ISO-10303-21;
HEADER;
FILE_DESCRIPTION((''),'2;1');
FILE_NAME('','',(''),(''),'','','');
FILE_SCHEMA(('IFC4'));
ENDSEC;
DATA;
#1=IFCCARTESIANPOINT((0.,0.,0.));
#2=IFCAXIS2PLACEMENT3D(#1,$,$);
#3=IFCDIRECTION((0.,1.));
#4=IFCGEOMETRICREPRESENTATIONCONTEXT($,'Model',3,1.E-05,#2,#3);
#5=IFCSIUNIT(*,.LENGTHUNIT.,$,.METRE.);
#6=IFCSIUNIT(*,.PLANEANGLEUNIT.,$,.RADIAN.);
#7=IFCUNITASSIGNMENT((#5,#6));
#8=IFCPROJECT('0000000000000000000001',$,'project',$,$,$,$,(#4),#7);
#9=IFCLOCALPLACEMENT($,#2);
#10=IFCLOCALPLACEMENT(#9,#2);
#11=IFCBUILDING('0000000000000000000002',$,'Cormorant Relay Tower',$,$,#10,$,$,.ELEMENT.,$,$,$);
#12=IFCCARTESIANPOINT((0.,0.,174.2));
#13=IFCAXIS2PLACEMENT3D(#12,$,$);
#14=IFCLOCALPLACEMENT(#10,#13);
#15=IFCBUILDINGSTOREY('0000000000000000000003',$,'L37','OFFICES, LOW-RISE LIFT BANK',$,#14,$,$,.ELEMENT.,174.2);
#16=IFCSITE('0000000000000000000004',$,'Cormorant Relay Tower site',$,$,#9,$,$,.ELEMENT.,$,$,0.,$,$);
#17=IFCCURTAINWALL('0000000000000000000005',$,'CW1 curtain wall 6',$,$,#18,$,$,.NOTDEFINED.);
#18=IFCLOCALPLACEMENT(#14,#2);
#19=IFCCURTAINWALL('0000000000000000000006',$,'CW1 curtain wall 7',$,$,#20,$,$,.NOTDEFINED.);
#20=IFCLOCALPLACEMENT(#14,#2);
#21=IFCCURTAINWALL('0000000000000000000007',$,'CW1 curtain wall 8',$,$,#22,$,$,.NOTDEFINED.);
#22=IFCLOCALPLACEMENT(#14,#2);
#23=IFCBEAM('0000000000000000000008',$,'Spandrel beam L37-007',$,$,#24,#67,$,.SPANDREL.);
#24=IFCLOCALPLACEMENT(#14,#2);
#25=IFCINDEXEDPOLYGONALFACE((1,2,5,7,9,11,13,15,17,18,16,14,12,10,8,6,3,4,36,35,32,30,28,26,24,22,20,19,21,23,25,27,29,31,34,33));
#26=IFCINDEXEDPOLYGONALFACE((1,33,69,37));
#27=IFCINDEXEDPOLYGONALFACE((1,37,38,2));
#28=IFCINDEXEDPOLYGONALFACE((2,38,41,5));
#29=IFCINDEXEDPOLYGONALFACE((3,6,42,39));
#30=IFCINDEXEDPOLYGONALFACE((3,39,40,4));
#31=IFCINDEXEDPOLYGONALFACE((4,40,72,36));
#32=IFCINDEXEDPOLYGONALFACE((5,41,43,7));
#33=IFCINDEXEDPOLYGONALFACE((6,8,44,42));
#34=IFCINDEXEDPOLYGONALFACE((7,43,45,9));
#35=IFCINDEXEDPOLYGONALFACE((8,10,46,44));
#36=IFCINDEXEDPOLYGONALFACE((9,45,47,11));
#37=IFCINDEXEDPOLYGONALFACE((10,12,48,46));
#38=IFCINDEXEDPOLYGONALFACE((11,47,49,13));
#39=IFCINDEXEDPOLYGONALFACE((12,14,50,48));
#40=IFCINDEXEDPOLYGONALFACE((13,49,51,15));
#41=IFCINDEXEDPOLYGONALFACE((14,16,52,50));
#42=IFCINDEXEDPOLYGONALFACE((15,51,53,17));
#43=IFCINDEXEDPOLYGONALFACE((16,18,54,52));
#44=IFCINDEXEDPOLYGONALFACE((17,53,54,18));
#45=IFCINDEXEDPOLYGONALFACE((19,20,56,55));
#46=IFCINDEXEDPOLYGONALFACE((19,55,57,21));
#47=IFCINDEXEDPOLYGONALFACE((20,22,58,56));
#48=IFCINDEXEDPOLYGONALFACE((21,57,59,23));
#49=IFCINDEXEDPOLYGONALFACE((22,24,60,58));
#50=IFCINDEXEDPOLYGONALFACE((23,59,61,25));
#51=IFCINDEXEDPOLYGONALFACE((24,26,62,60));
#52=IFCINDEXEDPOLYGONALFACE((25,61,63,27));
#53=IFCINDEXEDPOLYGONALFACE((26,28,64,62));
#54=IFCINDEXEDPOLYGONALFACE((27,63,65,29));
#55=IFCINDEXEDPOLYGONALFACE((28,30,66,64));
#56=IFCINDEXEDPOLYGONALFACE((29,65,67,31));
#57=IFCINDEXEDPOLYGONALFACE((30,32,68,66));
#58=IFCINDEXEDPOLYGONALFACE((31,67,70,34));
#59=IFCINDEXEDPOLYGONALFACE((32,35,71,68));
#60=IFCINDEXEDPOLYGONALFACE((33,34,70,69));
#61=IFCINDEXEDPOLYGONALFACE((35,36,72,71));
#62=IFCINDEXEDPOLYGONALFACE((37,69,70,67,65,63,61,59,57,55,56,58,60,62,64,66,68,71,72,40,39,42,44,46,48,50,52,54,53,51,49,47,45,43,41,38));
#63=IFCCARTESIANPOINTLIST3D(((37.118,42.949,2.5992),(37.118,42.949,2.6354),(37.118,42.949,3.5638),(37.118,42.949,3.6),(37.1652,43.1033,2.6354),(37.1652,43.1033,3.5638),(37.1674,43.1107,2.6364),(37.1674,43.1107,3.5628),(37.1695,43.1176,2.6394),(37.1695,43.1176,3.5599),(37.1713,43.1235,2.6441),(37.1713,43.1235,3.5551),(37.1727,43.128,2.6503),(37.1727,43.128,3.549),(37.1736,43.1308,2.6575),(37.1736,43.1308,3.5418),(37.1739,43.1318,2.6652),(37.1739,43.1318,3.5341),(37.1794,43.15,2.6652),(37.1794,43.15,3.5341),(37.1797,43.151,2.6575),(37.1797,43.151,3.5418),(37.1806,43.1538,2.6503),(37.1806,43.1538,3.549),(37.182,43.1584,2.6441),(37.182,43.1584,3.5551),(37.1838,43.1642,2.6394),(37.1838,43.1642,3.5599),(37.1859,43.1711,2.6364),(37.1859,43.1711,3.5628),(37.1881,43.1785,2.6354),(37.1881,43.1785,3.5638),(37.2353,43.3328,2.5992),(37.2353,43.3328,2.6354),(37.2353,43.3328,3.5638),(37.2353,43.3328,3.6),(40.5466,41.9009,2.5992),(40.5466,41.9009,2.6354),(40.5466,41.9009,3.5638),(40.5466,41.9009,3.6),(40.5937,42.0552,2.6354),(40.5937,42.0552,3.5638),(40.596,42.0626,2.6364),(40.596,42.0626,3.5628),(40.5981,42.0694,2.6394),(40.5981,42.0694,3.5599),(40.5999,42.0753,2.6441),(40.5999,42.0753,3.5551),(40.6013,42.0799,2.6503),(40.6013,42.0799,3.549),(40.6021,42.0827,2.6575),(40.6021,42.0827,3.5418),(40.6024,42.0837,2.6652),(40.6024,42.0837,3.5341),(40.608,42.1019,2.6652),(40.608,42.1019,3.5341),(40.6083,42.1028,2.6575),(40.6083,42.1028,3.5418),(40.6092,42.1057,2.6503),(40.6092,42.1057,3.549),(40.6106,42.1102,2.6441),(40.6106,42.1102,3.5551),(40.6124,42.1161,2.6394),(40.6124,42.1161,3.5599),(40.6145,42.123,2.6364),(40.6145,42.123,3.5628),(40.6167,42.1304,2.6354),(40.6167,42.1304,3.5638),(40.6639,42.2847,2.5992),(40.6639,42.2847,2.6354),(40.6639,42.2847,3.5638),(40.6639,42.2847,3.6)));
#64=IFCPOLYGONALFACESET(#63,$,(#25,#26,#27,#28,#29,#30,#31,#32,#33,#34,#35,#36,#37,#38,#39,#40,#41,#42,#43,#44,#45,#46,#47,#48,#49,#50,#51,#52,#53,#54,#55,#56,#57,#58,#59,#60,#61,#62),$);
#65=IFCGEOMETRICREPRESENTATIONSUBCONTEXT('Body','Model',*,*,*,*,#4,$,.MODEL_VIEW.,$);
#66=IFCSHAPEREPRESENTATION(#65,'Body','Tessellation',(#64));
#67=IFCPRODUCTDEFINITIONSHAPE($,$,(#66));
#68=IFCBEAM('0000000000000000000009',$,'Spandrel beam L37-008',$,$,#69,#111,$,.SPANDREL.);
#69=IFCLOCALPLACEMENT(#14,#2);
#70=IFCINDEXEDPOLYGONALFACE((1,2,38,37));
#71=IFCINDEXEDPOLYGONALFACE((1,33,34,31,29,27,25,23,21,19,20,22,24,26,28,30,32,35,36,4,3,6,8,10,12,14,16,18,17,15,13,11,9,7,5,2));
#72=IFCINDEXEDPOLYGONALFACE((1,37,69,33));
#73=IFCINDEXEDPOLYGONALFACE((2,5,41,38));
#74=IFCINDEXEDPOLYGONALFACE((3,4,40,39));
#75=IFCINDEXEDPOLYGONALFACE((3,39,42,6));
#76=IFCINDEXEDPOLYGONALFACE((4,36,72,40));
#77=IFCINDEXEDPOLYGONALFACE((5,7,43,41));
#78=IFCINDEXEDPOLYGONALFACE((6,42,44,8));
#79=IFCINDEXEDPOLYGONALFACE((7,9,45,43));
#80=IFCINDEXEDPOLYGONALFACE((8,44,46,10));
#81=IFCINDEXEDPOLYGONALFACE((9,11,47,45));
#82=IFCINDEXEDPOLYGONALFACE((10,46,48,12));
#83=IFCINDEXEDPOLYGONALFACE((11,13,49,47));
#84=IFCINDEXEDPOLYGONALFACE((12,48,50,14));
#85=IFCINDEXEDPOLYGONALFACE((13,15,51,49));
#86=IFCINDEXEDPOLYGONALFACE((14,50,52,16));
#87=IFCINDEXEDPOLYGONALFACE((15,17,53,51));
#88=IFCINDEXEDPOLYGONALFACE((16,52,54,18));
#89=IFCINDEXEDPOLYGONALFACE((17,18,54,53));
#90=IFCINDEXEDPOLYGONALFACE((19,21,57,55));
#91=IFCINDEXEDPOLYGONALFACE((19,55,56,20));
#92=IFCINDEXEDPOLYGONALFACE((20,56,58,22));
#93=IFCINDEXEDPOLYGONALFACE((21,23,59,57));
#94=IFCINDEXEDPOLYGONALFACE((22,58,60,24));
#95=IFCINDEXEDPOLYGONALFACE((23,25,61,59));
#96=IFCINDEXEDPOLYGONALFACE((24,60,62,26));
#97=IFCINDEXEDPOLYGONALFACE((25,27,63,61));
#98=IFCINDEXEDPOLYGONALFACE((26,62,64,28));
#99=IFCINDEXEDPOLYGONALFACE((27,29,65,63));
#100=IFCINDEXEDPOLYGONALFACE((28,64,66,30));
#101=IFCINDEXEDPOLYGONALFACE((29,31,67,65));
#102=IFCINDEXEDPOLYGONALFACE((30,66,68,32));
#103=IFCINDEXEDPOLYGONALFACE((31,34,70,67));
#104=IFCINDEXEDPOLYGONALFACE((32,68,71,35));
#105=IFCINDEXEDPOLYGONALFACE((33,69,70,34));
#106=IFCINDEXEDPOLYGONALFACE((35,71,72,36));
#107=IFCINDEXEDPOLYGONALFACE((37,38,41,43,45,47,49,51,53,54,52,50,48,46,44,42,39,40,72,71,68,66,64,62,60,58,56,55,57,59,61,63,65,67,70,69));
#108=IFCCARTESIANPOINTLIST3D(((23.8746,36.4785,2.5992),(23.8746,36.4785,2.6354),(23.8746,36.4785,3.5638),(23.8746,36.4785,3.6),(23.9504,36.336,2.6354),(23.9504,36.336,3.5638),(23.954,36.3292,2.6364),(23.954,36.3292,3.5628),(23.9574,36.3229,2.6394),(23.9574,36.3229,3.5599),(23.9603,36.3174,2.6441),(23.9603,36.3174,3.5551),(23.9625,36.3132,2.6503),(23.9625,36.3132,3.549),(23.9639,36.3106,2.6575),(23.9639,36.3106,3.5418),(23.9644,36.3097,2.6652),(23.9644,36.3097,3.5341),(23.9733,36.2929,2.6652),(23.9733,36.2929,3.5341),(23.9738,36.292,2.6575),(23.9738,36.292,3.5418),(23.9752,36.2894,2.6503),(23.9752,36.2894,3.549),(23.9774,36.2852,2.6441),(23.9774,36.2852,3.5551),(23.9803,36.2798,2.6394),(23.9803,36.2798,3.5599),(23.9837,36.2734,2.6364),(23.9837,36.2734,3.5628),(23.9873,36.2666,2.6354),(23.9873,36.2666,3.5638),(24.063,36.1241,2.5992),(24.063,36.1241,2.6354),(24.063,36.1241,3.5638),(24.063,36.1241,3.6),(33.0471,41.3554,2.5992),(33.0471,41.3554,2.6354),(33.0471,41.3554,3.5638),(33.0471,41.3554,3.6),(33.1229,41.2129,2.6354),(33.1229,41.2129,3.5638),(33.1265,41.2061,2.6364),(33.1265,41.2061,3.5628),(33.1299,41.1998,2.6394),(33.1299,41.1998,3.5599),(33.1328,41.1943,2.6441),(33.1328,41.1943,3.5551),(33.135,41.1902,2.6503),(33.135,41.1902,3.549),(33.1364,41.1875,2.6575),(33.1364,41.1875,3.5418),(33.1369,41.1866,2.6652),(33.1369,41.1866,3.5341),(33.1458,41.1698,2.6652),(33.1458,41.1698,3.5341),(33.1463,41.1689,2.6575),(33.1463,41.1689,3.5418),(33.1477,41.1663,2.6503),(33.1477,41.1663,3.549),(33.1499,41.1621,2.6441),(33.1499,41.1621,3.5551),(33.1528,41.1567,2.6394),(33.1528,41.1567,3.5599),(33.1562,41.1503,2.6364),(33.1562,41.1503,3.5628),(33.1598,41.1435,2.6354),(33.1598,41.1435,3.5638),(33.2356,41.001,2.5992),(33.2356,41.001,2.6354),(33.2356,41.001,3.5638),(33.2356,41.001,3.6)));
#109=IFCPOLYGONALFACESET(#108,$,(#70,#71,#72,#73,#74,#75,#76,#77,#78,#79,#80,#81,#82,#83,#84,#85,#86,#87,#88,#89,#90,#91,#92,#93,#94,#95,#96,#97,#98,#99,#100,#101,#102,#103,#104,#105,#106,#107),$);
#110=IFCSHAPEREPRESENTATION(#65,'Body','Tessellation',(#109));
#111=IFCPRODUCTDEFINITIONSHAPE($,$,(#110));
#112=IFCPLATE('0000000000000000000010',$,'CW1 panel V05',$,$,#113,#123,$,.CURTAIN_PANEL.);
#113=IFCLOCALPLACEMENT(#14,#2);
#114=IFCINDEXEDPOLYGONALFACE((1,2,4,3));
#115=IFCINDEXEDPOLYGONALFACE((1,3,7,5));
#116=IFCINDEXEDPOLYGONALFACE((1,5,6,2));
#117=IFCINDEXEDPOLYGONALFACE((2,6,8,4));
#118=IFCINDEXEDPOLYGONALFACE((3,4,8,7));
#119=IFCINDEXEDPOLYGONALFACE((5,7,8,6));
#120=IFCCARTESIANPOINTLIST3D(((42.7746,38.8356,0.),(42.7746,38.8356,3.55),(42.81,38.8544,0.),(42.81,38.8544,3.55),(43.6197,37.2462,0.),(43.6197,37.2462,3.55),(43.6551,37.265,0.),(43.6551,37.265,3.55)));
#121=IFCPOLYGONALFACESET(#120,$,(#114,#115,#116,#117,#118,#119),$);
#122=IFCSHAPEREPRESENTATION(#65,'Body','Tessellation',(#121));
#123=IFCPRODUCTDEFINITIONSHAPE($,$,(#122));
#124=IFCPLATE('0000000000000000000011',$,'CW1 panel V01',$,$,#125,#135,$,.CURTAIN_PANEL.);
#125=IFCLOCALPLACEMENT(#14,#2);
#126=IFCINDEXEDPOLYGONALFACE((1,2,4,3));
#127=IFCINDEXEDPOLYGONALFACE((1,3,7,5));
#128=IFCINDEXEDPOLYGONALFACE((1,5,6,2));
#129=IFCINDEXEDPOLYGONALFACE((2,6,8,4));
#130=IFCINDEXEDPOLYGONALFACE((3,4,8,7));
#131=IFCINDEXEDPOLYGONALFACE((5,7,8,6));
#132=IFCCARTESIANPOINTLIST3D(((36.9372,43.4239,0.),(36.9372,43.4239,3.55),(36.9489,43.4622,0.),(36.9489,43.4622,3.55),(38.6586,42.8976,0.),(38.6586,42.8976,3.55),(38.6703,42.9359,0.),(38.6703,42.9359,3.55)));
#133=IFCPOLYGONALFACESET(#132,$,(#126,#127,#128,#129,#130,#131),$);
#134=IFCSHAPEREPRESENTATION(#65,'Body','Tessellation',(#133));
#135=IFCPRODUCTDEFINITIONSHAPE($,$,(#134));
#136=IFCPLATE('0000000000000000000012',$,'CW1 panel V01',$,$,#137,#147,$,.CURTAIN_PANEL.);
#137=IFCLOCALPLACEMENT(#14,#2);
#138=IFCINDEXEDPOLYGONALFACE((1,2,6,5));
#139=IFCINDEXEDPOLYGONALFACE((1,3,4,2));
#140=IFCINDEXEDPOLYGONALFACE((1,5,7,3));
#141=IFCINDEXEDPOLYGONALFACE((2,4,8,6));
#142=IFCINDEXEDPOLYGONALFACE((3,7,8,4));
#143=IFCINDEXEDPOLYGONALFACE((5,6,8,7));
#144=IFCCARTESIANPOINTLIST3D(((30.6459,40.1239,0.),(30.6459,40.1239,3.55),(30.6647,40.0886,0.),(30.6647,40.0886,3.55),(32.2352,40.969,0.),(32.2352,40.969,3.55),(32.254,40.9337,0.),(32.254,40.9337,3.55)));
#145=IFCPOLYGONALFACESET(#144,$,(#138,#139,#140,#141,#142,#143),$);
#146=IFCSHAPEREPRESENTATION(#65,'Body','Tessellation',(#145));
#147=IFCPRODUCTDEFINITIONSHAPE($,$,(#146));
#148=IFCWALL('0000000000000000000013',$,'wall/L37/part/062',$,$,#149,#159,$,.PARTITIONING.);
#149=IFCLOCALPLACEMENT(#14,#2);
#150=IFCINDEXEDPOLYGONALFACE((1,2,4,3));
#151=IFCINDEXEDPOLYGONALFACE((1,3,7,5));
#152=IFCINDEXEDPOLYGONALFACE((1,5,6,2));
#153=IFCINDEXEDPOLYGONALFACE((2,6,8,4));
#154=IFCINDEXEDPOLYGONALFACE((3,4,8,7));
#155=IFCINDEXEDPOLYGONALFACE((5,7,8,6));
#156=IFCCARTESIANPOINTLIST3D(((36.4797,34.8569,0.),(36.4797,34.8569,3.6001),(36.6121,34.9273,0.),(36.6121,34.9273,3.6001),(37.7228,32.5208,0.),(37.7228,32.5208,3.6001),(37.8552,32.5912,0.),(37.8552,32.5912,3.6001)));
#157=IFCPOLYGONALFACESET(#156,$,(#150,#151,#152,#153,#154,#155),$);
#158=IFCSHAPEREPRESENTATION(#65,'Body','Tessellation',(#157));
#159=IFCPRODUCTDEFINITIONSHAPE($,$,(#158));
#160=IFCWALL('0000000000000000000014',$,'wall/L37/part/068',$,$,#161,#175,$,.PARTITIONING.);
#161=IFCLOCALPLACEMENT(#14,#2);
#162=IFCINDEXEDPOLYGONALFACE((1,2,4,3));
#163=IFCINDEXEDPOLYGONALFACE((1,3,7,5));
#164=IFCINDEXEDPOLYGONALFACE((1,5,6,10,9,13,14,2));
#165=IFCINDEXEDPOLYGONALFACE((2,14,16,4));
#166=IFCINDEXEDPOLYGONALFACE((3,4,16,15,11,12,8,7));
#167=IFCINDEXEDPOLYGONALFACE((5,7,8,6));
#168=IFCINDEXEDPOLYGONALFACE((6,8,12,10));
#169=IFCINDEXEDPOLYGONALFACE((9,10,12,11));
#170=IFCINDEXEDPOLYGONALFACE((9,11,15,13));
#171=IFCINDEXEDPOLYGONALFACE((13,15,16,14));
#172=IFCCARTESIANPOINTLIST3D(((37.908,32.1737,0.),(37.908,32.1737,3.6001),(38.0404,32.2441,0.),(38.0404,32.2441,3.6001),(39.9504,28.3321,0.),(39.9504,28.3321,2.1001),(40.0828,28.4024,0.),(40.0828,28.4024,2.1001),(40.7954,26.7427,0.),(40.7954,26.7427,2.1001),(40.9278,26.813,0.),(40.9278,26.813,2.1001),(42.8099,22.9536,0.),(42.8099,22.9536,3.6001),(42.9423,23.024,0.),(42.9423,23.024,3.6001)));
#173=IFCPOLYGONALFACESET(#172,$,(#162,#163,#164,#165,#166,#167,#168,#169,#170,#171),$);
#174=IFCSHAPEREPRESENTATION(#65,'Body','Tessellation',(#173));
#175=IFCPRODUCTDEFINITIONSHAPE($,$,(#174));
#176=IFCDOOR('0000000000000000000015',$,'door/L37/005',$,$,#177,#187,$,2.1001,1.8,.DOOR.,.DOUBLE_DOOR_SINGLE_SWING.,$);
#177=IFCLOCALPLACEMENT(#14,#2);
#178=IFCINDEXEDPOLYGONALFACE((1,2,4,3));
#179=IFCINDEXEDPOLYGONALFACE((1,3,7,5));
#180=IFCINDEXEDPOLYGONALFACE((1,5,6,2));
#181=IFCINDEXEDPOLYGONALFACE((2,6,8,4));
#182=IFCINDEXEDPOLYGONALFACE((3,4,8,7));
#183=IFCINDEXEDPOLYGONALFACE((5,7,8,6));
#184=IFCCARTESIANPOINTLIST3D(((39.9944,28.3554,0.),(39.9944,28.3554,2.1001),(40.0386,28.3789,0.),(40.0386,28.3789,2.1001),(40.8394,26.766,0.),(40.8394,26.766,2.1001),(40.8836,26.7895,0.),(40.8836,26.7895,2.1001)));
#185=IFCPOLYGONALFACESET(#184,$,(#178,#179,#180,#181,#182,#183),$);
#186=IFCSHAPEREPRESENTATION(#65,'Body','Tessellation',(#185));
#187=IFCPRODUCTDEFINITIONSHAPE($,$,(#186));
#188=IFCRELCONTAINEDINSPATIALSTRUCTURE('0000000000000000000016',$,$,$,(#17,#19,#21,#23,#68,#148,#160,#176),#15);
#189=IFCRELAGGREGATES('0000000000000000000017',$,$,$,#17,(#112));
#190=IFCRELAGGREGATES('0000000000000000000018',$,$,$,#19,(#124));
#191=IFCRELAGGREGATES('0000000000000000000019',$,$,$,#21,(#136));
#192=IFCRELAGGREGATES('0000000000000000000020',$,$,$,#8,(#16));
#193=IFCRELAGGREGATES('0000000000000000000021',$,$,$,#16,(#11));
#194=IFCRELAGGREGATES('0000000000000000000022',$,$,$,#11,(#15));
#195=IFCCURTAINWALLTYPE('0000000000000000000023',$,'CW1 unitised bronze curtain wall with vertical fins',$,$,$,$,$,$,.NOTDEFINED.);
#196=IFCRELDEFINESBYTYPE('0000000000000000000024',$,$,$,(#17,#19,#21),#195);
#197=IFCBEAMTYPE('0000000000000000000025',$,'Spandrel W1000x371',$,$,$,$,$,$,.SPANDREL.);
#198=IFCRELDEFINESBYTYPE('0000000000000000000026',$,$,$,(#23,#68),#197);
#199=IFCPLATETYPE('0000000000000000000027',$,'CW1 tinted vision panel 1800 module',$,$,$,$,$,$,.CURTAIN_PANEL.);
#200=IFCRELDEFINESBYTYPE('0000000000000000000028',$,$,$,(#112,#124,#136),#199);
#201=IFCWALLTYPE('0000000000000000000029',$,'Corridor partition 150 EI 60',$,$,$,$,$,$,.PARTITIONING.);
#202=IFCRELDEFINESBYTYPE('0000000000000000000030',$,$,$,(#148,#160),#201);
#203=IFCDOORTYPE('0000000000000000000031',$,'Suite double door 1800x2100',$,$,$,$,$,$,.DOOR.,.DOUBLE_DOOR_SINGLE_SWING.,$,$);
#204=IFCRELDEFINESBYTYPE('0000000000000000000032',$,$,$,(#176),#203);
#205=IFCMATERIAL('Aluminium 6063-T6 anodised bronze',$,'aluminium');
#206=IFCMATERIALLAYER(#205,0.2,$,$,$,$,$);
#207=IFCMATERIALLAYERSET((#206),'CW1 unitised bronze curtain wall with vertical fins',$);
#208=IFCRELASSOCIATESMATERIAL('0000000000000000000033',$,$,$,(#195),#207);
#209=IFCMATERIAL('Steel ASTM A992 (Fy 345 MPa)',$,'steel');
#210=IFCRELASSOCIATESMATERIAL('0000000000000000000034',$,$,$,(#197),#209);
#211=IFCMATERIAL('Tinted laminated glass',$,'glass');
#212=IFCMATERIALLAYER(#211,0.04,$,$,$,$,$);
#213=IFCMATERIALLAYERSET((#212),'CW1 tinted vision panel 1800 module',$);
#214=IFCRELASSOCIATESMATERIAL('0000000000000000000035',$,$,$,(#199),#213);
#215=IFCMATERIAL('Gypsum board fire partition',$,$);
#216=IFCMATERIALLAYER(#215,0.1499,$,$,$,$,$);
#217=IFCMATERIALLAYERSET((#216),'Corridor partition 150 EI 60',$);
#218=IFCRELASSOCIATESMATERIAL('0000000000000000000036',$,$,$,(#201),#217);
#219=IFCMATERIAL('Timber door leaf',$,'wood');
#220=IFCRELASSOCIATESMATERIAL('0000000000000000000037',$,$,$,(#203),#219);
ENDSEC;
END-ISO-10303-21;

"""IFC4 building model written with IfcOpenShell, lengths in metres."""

from ifc_helpers import new_model, si_unit, direction, frame, frame_2d, origin, origin_2d, place, context, subcontext, project, spatial, rectangle, i_section, extrude, material, layer, layer_set, material_profile, profile_set, type_object, element, fill, aggregate, save


model = new_model("IFC4")

# Units and contexts
model_context = context("Model", 3, precision=1e-05, world=origin(), true_north=direction((0.0, 1.0)))
body_context = subcontext(model_context, "Body", "Model", "MODEL_VIEW")
ifc_project = project(units=[si_unit("LENGTHUNIT", "METRE"), si_unit("PLANEANGLEUNIT", "RADIAN")], contexts=[model_context])

# Site, building, storey
site_placement = place(None, origin())
site = spatial("IfcSite", under=ifc_project, at=site_placement, Name="Cormorant Relay Tower site", CompositionType="ELEMENT", RefElevation=0.0)
building_placement = place(site_placement, origin())
building = spatial("IfcBuilding", under=site, at=building_placement, Name="Cormorant Relay Tower", CompositionType="ELEMENT")
storey_placement = place(building_placement, frame((0.0, 0.0, 174.2)))
storey = spatial("IfcBuildingStorey", under=building, at=storey_placement, Name="L37", Description="OFFICES, LOW-RISE LIFT BANK", CompositionType="ELEMENT", Elevation=174.2)

# Curtain wall
ifc_material_1 = material(Name="Aluminium 6063-T6 anodised bronze", Category="aluminium")
ifc_layer_1 = layer(ifc_material_1, 0.2)
ifc_layer_set_1 = layer_set([ifc_layer_1], Name="CW1 unitised bronze curtain wall with vertical fins")
curtain_wall_type = type_object("IfcCurtainWallType", Name="CW1 unitised bronze curtain wall with vertical fins", PredefinedType="NOTDEFINED", material=ifc_layer_set_1)
curtain_wall_1_placement = place(storey_placement, origin())
curtain_wall_1 = element("IfcCurtainWall", 1, at=curtain_wall_1_placement, inside=storey, type_object=curtain_wall_type, Name="CW1 curtain wall 6", PredefinedType="NOTDEFINED")

# Curtain wall
curtain_wall_2_placement = place(storey_placement, origin())
curtain_wall_2 = element("IfcCurtainWall", 2, at=curtain_wall_2_placement, inside=storey, type_object=curtain_wall_type, Name="CW1 curtain wall 7", PredefinedType="NOTDEFINED")

# Curtain wall
curtain_wall_3_placement = place(storey_placement, origin())
curtain_wall_3 = element("IfcCurtainWall", 3, at=curtain_wall_3_placement, inside=storey, type_object=curtain_wall_type, Name="CW1 curtain wall 8", PredefinedType="NOTDEFINED")

# Beams
ifc_material_2 = material(Name="Steel ASTM A992 (Fy 345 MPa)", Category="steel")
ifc_material_profile_1 = material_profile(ifc_material_2, i_section(OverallWidth=0.4014, OverallDepth=1.0007, WebThickness=0.019, FlangeThickness=0.0361, FilletRadius=0.0298, at=origin_2d()), Name="W1000x371")
ifc_profile_set_1 = profile_set([ifc_material_profile_1], Name="Steel ASTM A992 (Fy 345 MPa)")
beam_type = type_object("IfcBeamType", Name="Spandrel W1000x371", PredefinedType="SPANDREL", material=ifc_profile_set_1)
beam_1_placement = place(storey_placement, frame((40.6052, 42.0928, 3.0996), z_axis=(-0.956312, 0.292348, 0.0), x_axis=(-0.292348, -0.956312, 0.0)))
element("IfcBeam", 4, at=beam_1_placement, inside=storey, type_object=beam_type, Name="Spandrel beam L37-007", PredefinedType="SPANDREL", context=body_context, shape_type="SweptSolid", body=[
    extrude(i_section(OverallWidth=0.4014, OverallDepth=1.0007, WebThickness=0.019, FlangeThickness=0.0361, FilletRadius=0.0298, at=origin_2d()), origin(), (0.0, 0.0, 1.0), 3.5852),
])
beam_2_placement = place(storey_placement, frame((33.1414, 41.1782, 3.0996), z_axis=(-0.882956, -0.469456, 0.0), x_axis=(0.469456, -0.882956, 0.0)))
element("IfcBeam", 5, at=beam_2_placement, inside=storey, type_object=beam_type, Name="Spandrel beam L37-008", PredefinedType="SPANDREL", context=body_context, shape_type="SweptSolid", body=[
    extrude(i_section(OverallWidth=0.4014, OverallDepth=1.0007, WebThickness=0.019, FlangeThickness=0.0361, FilletRadius=0.0298, at=origin_2d()), origin(), (0.0, 0.0, 1.0), 10.3884),
])

# Plates
ifc_material_3 = material(Name="Tinted laminated glass", Category="glass")
ifc_layer_2 = layer(ifc_material_3, 0.04)
ifc_layer_set_2 = layer_set([ifc_layer_2], Name="CW1 tinted vision panel 1800 module")
plate_type = type_object("IfcPlateType", Name="CW1 tinted vision panel 1800 module", PredefinedType="CURTAIN_PANEL", material=ifc_layer_set_2)
plate_1_placement = place(storey_placement, frame((43.2148, 38.0503, 0.0), z_axis=(0.0, 0.0, 1.0), x_axis=(-0.469472, 0.882948, 0.0)))
plate_1 = element("IfcPlate", 6, at=plate_1_placement, type_object=plate_type, Name="CW1 panel V05", PredefinedType="CURTAIN_PANEL", context=body_context, shape_type="SweptSolid", body=[
    extrude(rectangle(XDim=1.8, YDim=0.04, at=origin_2d()), origin(), (0.0, 0.0, 1.0), 3.55),
])
plate_2_placement = place(storey_placement, frame((37.8037, 43.1799, 0.0), z_axis=(0.0, 0.0, 1.0), x_axis=(-0.956305, 0.292372, 0.0)))
plate_2 = element("IfcPlate", 7, at=plate_2_placement, type_object=plate_type, Name="CW1 panel V01", PredefinedType="CURTAIN_PANEL", context=body_context, shape_type="SweptSolid", body=[
    extrude(rectangle(XDim=1.8, YDim=0.04, at=origin_2d()), origin(), (0.0, 0.0, 1.0), 3.55),
])
plate_3_placement = place(storey_placement, frame((31.45, 40.5288, 0.0), z_axis=(0.0, 0.0, 1.0), x_axis=(-0.882948, -0.469472, 0.0)))
plate_3 = element("IfcPlate", 8, at=plate_3_placement, type_object=plate_type, Name="CW1 panel V01", PredefinedType="CURTAIN_PANEL", context=body_context, shape_type="SweptSolid", body=[
    extrude(rectangle(XDim=1.8, YDim=0.04, at=origin_2d()), origin(), (0.0, 0.0, 1.0), 3.55),
])

# Wall
ifc_material_4 = material(Name="Gypsum board fire partition")
ifc_layer_3 = layer(ifc_material_4, 0.1499)
ifc_layer_set_3 = layer_set([ifc_layer_3], Name="Corridor partition 150 EI 60")
wall_type_1 = type_object("IfcWallType", Name="Corridor partition 150 EI 60", PredefinedType="PARTITIONING", material=ifc_layer_set_3)
wall_1_placement = place(storey_placement, frame((37.7891, 32.5559, 0.0), z_axis=(0.0, 0.0, 1.0), x_axis=(-0.469764, 0.882792, 0.0)))
element("IfcWall", 9, at=wall_1_placement, inside=storey, type_object=wall_type_1, Name="wall/L37/part/062", PredefinedType="PARTITIONING", context=body_context, shape_type="SweptSolid", body=[
    extrude(rectangle(XDim=2.6462, YDim=0.1499, at=frame_2d((1.3232, 0.0))), origin(), (0.0, 0.0, 1.0), 3.6001),
])

# Wall, opening, door
wall_2_placement = place(storey_placement, frame((37.9741, 32.209, 0.0), z_axis=(0.0, 0.0, 1.0), x_axis=(0.469435, -0.882967, 0.0)))
wall_2 = element("IfcWall", 10, at=wall_2_placement, inside=storey, type_object=wall_type_1, Name="wall/L37/part/068", PredefinedType="PARTITIONING", context=body_context, shape_type="SweptSolid", body=[
    extrude(rectangle(XDim=10.4421, YDim=0.1499, at=frame_2d((5.2212, 0.0))), origin(), (0.0, 0.0, 1.0), 3.6001),
])
opening_placement = place(wall_2_placement, frame((4.3511, 0.0, 0.0)))
opening = element("IfcOpeningElement", 11, at=opening_placement, cuts=wall_2, PredefinedType="OPENING", context=body_context, shape_type="SweptSolid", body=[
    extrude(rectangle(XDim=1.8, YDim=2.1001, at=frame_2d((0.8999, 1.05))), frame((0.0, 0.085, 0.0), z_axis=(0.0, -1.0, 0.0), x_axis=(1.0, 0.0, 0.0)), (0.0, 0.0, 1.0), 0.1699),
])
ifc_material_5 = material(Name="Timber door leaf", Category="wood")
door_type = type_object("IfcDoorType", Name="Suite double door 1800x2100", OperationType="DOUBLE_DOOR_SINGLE_SWING", PredefinedType="DOOR", material=ifc_material_5)
door_placement = place(opening_placement, origin())
door = element("IfcDoor", 12, at=door_placement, inside=storey, type_object=door_type, Name="door/L37/005", OperationType="DOUBLE_DOOR_SINGLE_SWING", OverallHeight=2.1001, OverallWidth=1.8, PredefinedType="DOOR", context=body_context, shape_type="SweptSolid", body=[
    extrude(rectangle(XDim=1.8, YDim=2.1001, at=frame_2d((0.8999, 1.05))), frame((0.0, 0.0249, 0.0), z_axis=(0.0, -1.0, 0.0), x_axis=(1.0, 0.0, 0.0)), (0.0, 0.0, 1.0), 0.05),
])
fill(opening, door)

aggregate(curtain_wall_1, [plate_1])
aggregate(curtain_wall_2, [plate_2])
aggregate(curtain_wall_3, [plate_3])

save(model, "model.ifc")
